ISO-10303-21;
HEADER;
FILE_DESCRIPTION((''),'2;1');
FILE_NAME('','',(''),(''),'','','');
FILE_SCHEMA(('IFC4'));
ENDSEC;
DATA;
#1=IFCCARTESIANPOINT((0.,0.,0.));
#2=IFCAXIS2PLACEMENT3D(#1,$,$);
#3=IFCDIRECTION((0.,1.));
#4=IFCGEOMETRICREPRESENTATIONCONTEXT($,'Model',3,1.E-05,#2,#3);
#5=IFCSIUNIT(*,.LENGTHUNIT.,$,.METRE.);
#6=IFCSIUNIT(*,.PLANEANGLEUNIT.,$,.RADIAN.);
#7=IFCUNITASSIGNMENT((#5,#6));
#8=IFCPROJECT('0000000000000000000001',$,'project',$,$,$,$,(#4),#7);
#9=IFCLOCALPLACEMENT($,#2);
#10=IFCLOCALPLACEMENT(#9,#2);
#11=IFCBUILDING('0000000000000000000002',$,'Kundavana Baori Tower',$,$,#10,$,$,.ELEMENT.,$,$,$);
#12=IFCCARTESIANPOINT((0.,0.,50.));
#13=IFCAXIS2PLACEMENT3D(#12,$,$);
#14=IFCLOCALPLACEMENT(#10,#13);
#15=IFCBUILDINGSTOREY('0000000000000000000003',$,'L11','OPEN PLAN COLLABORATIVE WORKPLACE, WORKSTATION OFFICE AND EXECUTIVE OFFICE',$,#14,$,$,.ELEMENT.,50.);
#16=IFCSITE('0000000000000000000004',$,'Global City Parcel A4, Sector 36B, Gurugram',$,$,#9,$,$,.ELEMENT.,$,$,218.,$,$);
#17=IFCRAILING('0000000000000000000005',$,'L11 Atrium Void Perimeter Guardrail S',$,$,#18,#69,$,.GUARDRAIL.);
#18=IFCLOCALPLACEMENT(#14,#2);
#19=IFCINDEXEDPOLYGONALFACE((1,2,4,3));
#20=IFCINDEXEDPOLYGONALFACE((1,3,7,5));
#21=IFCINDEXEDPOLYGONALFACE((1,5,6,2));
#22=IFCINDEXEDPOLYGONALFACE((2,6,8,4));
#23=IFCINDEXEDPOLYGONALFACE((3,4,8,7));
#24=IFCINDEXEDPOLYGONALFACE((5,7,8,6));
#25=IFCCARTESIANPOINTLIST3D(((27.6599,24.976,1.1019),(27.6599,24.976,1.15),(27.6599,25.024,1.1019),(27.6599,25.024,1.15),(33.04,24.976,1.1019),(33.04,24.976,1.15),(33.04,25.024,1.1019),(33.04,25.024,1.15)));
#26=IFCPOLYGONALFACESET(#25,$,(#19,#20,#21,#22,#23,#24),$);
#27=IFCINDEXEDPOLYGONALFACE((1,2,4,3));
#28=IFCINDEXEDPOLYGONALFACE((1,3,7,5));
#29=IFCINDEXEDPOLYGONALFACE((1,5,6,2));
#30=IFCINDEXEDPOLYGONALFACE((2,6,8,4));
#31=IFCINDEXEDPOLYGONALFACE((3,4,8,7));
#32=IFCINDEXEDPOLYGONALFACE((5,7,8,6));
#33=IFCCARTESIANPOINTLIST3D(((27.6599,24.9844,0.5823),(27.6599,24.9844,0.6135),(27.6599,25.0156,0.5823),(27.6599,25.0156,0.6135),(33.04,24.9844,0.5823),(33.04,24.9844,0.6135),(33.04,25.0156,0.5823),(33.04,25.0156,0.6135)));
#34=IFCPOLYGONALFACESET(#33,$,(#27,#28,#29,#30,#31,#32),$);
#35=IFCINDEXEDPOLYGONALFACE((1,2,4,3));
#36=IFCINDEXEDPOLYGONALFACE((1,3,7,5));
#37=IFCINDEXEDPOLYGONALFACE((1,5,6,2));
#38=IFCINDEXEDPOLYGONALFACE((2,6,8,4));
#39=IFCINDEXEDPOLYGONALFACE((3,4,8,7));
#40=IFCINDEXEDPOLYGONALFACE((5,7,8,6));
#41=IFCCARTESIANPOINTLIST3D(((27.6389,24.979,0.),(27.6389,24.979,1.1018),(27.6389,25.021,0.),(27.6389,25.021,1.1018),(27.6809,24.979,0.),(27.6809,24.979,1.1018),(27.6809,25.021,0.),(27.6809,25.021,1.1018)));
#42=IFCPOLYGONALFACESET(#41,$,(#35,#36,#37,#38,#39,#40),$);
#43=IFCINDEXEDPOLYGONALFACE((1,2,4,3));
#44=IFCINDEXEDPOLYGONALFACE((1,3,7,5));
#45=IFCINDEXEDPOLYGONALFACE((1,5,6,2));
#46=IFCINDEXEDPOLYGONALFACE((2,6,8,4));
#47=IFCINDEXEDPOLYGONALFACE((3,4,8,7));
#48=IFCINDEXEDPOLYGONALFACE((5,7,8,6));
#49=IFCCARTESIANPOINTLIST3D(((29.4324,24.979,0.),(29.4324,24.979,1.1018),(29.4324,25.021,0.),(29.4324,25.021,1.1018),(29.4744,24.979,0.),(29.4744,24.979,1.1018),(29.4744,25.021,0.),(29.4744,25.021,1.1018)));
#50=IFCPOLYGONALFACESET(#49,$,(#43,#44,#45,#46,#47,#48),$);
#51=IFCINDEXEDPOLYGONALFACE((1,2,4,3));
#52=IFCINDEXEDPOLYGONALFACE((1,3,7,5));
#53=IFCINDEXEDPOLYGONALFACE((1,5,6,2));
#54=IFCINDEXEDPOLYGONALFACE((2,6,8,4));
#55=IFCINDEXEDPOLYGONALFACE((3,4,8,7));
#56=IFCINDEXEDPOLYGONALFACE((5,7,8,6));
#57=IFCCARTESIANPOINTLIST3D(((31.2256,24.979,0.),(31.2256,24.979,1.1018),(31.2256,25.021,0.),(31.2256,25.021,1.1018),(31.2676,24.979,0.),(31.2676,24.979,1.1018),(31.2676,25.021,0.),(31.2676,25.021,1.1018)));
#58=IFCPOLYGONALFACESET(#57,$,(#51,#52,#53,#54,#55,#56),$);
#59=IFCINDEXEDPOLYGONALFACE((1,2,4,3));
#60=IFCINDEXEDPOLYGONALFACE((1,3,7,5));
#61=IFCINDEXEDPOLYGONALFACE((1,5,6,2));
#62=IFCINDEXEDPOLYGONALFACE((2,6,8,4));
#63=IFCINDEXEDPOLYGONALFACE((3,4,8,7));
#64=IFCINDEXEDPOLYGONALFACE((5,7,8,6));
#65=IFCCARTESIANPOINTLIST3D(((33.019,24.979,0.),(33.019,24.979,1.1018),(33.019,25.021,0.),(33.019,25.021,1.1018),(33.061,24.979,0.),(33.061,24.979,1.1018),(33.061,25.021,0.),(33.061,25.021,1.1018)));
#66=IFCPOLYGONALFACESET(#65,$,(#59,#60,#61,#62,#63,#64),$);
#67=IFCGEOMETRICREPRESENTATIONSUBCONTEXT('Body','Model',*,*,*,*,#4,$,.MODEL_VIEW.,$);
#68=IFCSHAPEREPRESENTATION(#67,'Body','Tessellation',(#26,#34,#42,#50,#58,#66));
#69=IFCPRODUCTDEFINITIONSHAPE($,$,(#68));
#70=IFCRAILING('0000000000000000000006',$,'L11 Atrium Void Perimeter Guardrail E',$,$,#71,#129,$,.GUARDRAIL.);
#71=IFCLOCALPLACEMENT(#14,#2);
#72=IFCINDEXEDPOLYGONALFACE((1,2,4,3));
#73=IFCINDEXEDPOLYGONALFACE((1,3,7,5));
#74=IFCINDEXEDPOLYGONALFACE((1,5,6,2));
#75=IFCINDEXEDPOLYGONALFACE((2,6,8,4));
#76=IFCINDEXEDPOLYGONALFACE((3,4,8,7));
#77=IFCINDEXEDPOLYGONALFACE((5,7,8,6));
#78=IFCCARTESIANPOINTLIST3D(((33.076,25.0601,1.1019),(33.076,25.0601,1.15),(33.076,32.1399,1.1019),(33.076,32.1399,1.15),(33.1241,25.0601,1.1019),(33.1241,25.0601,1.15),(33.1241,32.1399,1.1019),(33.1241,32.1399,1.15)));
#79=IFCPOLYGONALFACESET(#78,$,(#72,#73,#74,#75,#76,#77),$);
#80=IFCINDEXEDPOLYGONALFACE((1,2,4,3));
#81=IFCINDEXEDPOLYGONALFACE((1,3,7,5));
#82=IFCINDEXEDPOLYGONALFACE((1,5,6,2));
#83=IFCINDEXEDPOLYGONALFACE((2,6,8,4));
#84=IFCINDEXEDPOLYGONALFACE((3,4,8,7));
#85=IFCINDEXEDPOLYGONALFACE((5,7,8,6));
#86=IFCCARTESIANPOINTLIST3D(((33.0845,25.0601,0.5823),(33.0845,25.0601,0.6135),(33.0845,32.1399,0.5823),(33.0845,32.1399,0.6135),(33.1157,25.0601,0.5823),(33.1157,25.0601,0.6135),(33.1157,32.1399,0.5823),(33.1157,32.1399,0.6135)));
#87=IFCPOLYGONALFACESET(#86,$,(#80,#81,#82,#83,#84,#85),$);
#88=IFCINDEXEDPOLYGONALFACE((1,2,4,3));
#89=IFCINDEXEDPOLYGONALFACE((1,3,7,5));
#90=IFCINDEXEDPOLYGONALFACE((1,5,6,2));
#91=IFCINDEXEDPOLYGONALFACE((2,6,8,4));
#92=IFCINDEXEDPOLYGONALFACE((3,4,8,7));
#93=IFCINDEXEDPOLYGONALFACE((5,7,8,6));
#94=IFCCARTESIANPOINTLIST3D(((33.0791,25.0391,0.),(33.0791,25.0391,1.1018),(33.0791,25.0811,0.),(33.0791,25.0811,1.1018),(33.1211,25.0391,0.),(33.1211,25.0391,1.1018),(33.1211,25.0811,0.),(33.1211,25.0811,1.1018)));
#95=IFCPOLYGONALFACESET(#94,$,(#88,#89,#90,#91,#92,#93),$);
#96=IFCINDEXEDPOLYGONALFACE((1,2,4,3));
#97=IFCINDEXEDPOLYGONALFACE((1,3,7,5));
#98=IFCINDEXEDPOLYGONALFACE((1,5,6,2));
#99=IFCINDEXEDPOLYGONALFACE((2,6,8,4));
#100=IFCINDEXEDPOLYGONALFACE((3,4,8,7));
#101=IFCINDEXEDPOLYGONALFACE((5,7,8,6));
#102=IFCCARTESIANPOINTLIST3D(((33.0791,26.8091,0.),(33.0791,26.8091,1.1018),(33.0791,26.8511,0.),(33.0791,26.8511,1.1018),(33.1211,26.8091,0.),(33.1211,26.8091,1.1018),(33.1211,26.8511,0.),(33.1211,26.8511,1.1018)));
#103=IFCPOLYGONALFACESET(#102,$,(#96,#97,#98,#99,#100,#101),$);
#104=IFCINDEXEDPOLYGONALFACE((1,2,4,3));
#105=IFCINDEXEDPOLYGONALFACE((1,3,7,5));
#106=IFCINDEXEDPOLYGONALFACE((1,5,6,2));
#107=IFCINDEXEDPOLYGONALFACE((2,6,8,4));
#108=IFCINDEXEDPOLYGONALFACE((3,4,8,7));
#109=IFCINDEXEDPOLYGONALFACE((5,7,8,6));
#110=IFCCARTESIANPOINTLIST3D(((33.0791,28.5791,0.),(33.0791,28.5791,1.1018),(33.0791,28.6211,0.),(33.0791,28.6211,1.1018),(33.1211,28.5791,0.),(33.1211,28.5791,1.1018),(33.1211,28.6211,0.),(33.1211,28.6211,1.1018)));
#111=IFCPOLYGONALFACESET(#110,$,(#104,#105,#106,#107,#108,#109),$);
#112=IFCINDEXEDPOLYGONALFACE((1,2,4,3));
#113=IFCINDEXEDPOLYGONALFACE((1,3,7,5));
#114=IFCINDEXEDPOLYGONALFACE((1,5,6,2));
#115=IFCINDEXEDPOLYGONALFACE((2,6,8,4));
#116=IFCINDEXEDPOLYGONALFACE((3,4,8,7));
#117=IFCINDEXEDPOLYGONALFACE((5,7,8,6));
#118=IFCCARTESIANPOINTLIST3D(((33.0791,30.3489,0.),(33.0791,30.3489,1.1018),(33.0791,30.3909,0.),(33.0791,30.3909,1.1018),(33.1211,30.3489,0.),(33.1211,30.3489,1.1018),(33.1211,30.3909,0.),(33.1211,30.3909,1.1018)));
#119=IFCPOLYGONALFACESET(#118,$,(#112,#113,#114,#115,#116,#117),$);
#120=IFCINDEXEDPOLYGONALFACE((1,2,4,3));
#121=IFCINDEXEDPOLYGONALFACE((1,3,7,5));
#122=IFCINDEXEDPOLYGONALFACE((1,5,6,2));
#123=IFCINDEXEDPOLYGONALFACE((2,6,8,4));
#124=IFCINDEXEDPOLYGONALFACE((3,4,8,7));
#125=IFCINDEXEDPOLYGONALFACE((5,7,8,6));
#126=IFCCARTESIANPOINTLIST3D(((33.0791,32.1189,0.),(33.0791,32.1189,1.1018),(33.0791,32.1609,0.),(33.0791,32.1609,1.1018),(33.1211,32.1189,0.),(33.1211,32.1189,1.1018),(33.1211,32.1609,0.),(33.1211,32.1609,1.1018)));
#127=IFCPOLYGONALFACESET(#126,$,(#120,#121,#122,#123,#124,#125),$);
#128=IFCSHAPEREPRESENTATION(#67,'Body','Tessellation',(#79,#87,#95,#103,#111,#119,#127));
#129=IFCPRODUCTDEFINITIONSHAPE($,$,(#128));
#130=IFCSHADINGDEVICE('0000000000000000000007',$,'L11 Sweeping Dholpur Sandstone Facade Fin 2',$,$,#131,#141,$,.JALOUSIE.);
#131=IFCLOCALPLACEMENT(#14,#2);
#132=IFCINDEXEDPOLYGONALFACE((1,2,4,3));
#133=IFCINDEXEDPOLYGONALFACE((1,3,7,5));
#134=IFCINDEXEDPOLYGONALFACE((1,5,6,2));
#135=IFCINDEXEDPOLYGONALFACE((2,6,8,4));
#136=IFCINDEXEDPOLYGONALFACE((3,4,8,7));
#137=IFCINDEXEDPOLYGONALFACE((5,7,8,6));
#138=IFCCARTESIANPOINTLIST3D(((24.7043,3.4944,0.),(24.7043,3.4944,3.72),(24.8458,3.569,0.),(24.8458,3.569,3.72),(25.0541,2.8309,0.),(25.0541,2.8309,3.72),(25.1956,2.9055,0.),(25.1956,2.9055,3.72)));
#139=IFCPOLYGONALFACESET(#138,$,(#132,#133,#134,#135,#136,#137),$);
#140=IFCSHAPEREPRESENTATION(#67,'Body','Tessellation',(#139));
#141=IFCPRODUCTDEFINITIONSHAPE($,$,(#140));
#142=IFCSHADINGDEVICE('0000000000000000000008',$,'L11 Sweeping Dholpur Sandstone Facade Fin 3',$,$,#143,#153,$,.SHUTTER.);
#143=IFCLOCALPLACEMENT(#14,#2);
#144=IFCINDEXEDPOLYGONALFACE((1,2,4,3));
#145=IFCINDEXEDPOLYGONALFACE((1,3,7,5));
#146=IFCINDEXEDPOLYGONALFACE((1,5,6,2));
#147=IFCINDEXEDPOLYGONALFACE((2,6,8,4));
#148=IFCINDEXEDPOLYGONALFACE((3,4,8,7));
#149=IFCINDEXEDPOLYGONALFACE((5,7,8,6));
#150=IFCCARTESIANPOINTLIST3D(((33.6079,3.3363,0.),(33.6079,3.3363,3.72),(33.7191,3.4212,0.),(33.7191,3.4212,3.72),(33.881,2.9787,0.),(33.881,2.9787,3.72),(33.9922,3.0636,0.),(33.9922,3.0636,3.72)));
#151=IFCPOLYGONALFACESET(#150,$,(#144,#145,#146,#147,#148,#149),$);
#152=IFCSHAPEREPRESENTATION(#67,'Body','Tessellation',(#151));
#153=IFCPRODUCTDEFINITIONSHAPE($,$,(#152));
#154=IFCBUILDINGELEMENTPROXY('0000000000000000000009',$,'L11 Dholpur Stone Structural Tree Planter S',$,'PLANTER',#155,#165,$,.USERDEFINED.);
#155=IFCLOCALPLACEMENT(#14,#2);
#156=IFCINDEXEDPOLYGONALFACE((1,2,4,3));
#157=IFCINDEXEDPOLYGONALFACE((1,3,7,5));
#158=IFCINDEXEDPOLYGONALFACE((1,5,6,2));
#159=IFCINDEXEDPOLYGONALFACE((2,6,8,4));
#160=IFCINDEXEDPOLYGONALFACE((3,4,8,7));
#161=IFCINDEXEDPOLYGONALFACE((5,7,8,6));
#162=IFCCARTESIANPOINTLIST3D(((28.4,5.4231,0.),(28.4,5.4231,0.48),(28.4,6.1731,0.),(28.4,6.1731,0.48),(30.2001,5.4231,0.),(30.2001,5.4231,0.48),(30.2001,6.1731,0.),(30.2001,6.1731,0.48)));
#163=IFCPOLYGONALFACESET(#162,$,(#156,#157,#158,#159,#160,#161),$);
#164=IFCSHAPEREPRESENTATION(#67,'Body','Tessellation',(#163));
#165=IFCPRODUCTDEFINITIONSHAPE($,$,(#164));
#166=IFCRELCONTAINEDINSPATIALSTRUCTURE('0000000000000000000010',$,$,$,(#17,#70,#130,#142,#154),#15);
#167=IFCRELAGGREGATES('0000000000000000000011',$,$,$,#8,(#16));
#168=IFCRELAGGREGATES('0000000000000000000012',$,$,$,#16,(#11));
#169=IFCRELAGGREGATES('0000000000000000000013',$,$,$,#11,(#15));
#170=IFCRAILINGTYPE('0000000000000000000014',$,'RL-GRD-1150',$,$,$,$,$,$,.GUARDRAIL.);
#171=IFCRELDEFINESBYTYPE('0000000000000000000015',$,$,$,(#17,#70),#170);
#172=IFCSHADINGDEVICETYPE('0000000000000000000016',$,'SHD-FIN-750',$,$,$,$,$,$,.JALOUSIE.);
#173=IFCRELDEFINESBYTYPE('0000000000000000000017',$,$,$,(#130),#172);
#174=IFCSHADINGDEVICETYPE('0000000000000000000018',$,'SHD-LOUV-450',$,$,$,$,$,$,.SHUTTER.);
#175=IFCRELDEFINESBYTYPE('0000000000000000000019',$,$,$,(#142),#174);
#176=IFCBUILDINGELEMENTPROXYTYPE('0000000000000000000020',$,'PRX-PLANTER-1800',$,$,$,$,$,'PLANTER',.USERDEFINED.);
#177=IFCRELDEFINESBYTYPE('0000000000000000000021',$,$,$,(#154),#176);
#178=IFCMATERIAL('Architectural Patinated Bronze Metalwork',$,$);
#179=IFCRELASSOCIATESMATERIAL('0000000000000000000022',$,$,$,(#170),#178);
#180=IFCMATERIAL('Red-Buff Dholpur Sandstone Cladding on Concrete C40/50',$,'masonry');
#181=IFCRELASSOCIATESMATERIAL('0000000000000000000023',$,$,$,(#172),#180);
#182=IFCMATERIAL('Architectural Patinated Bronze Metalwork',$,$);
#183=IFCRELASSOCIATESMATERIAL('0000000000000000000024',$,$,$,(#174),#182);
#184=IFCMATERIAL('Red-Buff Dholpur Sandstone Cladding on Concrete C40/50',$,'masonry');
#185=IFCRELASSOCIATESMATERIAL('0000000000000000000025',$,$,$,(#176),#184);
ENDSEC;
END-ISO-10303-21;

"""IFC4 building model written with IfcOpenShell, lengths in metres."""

from ifc_helpers import new_model, si_unit, direction, frame, origin, origin_2d, place, context, subcontext, project, spatial, rectangle, extrude, material, type_object, element, save


model = new_model("IFC4")

# Units and contexts
model_context = context("Model", 3, precision=1e-05, world=origin(), true_north=direction((0.0, 1.0)))
body_context = subcontext(model_context, "Body", "Model", "MODEL_VIEW")
ifc_project = project(units=[si_unit("LENGTHUNIT", "METRE"), si_unit("PLANEANGLEUNIT", "RADIAN")], contexts=[model_context])

# Site, building, storey
site_placement = place(None, origin())
site = spatial("IfcSite", under=ifc_project, at=site_placement, Name="Global City Parcel A4, Sector 36B, Gurugram", CompositionType="ELEMENT", RefElevation=218.0)
building_placement = place(site_placement, origin())
building = spatial("IfcBuilding", under=site, at=building_placement, Name="Kundavana Baori Tower", CompositionType="ELEMENT")
storey_placement = place(building_placement, frame((0.0, 0.0, 50.0)))
storey = spatial("IfcBuildingStorey", under=building, at=storey_placement, Name="L11", Description="OPEN PLAN COLLABORATIVE WORKPLACE, WORKSTATION OFFICE AND EXECUTIVE OFFICE", CompositionType="ELEMENT", Elevation=50.0)

# Railings
ifc_material_1 = material(Name="Architectural Patinated Bronze Metalwork")
railing_type = type_object("IfcRailingType", Name="RL-GRD-1150", PredefinedType="GUARDRAIL", material=ifc_material_1)
railing_1_placement = place(storey_placement, frame((27.6599, 25.0, 0.0)))
element("IfcRailing", 1, at=railing_1_placement, inside=storey, type_object=railing_type, Name="L11 Atrium Void Perimeter Guardrail S", PredefinedType="GUARDRAIL", context=body_context, shape_type="SweptSolid", body=[
    extrude(rectangle(XDim=0.0481, YDim=0.0481, at=origin_2d()), frame((0.0, 0.0, 1.126), z_axis=(1.0, 0.0, 0.0), x_axis=(0.0, 1.0, 0.0)), (0.0, 0.0, 1.0), 5.3801),
    extrude(rectangle(XDim=0.0312, YDim=0.0312, at=origin_2d()), frame((0.0, 0.0, 0.5979), z_axis=(1.0, 0.0, 0.0), x_axis=(0.0, 1.0, 0.0)), (0.0, 0.0, 1.0), 5.3801),
    extrude(rectangle(XDim=0.042, YDim=0.042, at=origin_2d()), origin(), (0.0, 0.0, 1.0), 1.1018),
    extrude(rectangle(XDim=0.042, YDim=0.042, at=origin_2d()), frame((1.7935, 0.0, 0.0)), (0.0, 0.0, 1.0), 1.1018),
    extrude(rectangle(XDim=0.042, YDim=0.042, at=origin_2d()), frame((3.5867, 0.0, 0.0)), (0.0, 0.0, 1.0), 1.1018),
    extrude(rectangle(XDim=0.042, YDim=0.042, at=origin_2d()), frame((5.3801, 0.0, 0.0)), (0.0, 0.0, 1.0), 1.1018),
])
railing_2_placement = place(storey_placement, frame((33.1001, 25.0601, 0.0)))
element("IfcRailing", 2, at=railing_2_placement, inside=storey, type_object=railing_type, Name="L11 Atrium Void Perimeter Guardrail E", PredefinedType="GUARDRAIL", context=body_context, shape_type="SweptSolid", body=[
    extrude(rectangle(XDim=0.0481, YDim=0.0481, at=origin_2d()), frame((0.0, 0.0, 1.126), z_axis=(0.0, 1.0, 0.0), x_axis=(-1.0, 0.0, 0.0)), (0.0, 0.0, 1.0), 7.0798),
    extrude(rectangle(XDim=0.0312, YDim=0.0312, at=origin_2d()), frame((0.0, 0.0, 0.5979), z_axis=(0.0, 1.0, 0.0), x_axis=(-1.0, 0.0, 0.0)), (0.0, 0.0, 1.0), 7.0798),
    extrude(rectangle(XDim=0.042, YDim=0.042, at=origin_2d()), origin(), (0.0, 0.0, 1.0), 1.1018),
    extrude(rectangle(XDim=0.042, YDim=0.042, at=origin_2d()), frame((0.0, 1.77, 0.0)), (0.0, 0.0, 1.0), 1.1018),
    extrude(rectangle(XDim=0.042, YDim=0.042, at=origin_2d()), frame((0.0, 3.54, 0.0)), (0.0, 0.0, 1.0), 1.1018),
    extrude(rectangle(XDim=0.042, YDim=0.042, at=origin_2d()), frame((0.0, 5.3098, 0.0)), (0.0, 0.0, 1.0), 1.1018),
    extrude(rectangle(XDim=0.042, YDim=0.042, at=origin_2d()), frame((0.0, 7.0798, 0.0)), (0.0, 0.0, 1.0), 1.1018),
])

# Shading devices
ifc_material_2 = material(Name="Red-Buff Dholpur Sandstone Cladding on Concrete C40/50", Category="masonry")
shading_device_type_1 = type_object("IfcShadingDeviceType", Name="SHD-FIN-750", PredefinedType="JALOUSIE", material=ifc_material_2)
shading_device_1_placement = place(storey_placement, frame((24.95, 3.2, 0.0), z_axis=(0.0, 0.0, 1.0), x_axis=(0.884581, 0.466387, 0.0)))
element("IfcShadingDevice", 3, at=shading_device_1_placement, inside=storey, type_object=shading_device_type_1, Name="L11 Sweeping Dholpur Sandstone Facade Fin 2", PredefinedType="JALOUSIE", context=body_context, shape_type="SweptSolid", body=[
    extrude(rectangle(XDim=0.1599, YDim=0.75, at=origin_2d()), origin(), (0.0, 0.0, 1.0), 3.72),
])
ifc_material_3 = material(Name="Architectural Patinated Bronze Metalwork")
shading_device_type_2 = type_object("IfcShadingDeviceType", Name="SHD-LOUV-450", PredefinedType="SHUTTER", material=ifc_material_3)
shading_device_2_placement = place(storey_placement, frame((33.8, 3.2, 0.0), z_axis=(0.0, 0.0, 1.0), x_axis=(0.794733, 0.60696, 0.0)))
element("IfcShadingDevice", 4, at=shading_device_2_placement, inside=storey, type_object=shading_device_type_2, Name="L11 Sweeping Dholpur Sandstone Facade Fin 3", PredefinedType="SHUTTER", context=body_context, shape_type="SweptSolid", body=[
    extrude(rectangle(XDim=0.1399, YDim=0.45, at=origin_2d()), origin(), (0.0, 0.0, 1.0), 3.72),
])

# Building element proxy
ifc_material_4 = material(Name="Red-Buff Dholpur Sandstone Cladding on Concrete C40/50", Category="masonry")
building_element_proxy_type = type_object("IfcBuildingElementProxyType", Name="PRX-PLANTER-1800", ElementType="PLANTER", PredefinedType="USERDEFINED", material=ifc_material_4)
proxy_placement = place(storey_placement, frame((29.3, 5.7981, 0.0), z_axis=(0.0, 0.0, 1.0), x_axis=(1.0, 0.0, 0.0)))
element("IfcBuildingElementProxy", 5, at=proxy_placement, inside=storey, type_object=building_element_proxy_type, Name="L11 Dholpur Stone Structural Tree Planter S", ObjectType="PLANTER", PredefinedType="USERDEFINED", context=body_context, shape_type="SweptSolid", body=[
    extrude(rectangle(XDim=1.8, YDim=0.75, at=origin_2d()), origin(), (0.0, 0.0, 1.0), 0.48),
])

save(model, "model.ifc")
